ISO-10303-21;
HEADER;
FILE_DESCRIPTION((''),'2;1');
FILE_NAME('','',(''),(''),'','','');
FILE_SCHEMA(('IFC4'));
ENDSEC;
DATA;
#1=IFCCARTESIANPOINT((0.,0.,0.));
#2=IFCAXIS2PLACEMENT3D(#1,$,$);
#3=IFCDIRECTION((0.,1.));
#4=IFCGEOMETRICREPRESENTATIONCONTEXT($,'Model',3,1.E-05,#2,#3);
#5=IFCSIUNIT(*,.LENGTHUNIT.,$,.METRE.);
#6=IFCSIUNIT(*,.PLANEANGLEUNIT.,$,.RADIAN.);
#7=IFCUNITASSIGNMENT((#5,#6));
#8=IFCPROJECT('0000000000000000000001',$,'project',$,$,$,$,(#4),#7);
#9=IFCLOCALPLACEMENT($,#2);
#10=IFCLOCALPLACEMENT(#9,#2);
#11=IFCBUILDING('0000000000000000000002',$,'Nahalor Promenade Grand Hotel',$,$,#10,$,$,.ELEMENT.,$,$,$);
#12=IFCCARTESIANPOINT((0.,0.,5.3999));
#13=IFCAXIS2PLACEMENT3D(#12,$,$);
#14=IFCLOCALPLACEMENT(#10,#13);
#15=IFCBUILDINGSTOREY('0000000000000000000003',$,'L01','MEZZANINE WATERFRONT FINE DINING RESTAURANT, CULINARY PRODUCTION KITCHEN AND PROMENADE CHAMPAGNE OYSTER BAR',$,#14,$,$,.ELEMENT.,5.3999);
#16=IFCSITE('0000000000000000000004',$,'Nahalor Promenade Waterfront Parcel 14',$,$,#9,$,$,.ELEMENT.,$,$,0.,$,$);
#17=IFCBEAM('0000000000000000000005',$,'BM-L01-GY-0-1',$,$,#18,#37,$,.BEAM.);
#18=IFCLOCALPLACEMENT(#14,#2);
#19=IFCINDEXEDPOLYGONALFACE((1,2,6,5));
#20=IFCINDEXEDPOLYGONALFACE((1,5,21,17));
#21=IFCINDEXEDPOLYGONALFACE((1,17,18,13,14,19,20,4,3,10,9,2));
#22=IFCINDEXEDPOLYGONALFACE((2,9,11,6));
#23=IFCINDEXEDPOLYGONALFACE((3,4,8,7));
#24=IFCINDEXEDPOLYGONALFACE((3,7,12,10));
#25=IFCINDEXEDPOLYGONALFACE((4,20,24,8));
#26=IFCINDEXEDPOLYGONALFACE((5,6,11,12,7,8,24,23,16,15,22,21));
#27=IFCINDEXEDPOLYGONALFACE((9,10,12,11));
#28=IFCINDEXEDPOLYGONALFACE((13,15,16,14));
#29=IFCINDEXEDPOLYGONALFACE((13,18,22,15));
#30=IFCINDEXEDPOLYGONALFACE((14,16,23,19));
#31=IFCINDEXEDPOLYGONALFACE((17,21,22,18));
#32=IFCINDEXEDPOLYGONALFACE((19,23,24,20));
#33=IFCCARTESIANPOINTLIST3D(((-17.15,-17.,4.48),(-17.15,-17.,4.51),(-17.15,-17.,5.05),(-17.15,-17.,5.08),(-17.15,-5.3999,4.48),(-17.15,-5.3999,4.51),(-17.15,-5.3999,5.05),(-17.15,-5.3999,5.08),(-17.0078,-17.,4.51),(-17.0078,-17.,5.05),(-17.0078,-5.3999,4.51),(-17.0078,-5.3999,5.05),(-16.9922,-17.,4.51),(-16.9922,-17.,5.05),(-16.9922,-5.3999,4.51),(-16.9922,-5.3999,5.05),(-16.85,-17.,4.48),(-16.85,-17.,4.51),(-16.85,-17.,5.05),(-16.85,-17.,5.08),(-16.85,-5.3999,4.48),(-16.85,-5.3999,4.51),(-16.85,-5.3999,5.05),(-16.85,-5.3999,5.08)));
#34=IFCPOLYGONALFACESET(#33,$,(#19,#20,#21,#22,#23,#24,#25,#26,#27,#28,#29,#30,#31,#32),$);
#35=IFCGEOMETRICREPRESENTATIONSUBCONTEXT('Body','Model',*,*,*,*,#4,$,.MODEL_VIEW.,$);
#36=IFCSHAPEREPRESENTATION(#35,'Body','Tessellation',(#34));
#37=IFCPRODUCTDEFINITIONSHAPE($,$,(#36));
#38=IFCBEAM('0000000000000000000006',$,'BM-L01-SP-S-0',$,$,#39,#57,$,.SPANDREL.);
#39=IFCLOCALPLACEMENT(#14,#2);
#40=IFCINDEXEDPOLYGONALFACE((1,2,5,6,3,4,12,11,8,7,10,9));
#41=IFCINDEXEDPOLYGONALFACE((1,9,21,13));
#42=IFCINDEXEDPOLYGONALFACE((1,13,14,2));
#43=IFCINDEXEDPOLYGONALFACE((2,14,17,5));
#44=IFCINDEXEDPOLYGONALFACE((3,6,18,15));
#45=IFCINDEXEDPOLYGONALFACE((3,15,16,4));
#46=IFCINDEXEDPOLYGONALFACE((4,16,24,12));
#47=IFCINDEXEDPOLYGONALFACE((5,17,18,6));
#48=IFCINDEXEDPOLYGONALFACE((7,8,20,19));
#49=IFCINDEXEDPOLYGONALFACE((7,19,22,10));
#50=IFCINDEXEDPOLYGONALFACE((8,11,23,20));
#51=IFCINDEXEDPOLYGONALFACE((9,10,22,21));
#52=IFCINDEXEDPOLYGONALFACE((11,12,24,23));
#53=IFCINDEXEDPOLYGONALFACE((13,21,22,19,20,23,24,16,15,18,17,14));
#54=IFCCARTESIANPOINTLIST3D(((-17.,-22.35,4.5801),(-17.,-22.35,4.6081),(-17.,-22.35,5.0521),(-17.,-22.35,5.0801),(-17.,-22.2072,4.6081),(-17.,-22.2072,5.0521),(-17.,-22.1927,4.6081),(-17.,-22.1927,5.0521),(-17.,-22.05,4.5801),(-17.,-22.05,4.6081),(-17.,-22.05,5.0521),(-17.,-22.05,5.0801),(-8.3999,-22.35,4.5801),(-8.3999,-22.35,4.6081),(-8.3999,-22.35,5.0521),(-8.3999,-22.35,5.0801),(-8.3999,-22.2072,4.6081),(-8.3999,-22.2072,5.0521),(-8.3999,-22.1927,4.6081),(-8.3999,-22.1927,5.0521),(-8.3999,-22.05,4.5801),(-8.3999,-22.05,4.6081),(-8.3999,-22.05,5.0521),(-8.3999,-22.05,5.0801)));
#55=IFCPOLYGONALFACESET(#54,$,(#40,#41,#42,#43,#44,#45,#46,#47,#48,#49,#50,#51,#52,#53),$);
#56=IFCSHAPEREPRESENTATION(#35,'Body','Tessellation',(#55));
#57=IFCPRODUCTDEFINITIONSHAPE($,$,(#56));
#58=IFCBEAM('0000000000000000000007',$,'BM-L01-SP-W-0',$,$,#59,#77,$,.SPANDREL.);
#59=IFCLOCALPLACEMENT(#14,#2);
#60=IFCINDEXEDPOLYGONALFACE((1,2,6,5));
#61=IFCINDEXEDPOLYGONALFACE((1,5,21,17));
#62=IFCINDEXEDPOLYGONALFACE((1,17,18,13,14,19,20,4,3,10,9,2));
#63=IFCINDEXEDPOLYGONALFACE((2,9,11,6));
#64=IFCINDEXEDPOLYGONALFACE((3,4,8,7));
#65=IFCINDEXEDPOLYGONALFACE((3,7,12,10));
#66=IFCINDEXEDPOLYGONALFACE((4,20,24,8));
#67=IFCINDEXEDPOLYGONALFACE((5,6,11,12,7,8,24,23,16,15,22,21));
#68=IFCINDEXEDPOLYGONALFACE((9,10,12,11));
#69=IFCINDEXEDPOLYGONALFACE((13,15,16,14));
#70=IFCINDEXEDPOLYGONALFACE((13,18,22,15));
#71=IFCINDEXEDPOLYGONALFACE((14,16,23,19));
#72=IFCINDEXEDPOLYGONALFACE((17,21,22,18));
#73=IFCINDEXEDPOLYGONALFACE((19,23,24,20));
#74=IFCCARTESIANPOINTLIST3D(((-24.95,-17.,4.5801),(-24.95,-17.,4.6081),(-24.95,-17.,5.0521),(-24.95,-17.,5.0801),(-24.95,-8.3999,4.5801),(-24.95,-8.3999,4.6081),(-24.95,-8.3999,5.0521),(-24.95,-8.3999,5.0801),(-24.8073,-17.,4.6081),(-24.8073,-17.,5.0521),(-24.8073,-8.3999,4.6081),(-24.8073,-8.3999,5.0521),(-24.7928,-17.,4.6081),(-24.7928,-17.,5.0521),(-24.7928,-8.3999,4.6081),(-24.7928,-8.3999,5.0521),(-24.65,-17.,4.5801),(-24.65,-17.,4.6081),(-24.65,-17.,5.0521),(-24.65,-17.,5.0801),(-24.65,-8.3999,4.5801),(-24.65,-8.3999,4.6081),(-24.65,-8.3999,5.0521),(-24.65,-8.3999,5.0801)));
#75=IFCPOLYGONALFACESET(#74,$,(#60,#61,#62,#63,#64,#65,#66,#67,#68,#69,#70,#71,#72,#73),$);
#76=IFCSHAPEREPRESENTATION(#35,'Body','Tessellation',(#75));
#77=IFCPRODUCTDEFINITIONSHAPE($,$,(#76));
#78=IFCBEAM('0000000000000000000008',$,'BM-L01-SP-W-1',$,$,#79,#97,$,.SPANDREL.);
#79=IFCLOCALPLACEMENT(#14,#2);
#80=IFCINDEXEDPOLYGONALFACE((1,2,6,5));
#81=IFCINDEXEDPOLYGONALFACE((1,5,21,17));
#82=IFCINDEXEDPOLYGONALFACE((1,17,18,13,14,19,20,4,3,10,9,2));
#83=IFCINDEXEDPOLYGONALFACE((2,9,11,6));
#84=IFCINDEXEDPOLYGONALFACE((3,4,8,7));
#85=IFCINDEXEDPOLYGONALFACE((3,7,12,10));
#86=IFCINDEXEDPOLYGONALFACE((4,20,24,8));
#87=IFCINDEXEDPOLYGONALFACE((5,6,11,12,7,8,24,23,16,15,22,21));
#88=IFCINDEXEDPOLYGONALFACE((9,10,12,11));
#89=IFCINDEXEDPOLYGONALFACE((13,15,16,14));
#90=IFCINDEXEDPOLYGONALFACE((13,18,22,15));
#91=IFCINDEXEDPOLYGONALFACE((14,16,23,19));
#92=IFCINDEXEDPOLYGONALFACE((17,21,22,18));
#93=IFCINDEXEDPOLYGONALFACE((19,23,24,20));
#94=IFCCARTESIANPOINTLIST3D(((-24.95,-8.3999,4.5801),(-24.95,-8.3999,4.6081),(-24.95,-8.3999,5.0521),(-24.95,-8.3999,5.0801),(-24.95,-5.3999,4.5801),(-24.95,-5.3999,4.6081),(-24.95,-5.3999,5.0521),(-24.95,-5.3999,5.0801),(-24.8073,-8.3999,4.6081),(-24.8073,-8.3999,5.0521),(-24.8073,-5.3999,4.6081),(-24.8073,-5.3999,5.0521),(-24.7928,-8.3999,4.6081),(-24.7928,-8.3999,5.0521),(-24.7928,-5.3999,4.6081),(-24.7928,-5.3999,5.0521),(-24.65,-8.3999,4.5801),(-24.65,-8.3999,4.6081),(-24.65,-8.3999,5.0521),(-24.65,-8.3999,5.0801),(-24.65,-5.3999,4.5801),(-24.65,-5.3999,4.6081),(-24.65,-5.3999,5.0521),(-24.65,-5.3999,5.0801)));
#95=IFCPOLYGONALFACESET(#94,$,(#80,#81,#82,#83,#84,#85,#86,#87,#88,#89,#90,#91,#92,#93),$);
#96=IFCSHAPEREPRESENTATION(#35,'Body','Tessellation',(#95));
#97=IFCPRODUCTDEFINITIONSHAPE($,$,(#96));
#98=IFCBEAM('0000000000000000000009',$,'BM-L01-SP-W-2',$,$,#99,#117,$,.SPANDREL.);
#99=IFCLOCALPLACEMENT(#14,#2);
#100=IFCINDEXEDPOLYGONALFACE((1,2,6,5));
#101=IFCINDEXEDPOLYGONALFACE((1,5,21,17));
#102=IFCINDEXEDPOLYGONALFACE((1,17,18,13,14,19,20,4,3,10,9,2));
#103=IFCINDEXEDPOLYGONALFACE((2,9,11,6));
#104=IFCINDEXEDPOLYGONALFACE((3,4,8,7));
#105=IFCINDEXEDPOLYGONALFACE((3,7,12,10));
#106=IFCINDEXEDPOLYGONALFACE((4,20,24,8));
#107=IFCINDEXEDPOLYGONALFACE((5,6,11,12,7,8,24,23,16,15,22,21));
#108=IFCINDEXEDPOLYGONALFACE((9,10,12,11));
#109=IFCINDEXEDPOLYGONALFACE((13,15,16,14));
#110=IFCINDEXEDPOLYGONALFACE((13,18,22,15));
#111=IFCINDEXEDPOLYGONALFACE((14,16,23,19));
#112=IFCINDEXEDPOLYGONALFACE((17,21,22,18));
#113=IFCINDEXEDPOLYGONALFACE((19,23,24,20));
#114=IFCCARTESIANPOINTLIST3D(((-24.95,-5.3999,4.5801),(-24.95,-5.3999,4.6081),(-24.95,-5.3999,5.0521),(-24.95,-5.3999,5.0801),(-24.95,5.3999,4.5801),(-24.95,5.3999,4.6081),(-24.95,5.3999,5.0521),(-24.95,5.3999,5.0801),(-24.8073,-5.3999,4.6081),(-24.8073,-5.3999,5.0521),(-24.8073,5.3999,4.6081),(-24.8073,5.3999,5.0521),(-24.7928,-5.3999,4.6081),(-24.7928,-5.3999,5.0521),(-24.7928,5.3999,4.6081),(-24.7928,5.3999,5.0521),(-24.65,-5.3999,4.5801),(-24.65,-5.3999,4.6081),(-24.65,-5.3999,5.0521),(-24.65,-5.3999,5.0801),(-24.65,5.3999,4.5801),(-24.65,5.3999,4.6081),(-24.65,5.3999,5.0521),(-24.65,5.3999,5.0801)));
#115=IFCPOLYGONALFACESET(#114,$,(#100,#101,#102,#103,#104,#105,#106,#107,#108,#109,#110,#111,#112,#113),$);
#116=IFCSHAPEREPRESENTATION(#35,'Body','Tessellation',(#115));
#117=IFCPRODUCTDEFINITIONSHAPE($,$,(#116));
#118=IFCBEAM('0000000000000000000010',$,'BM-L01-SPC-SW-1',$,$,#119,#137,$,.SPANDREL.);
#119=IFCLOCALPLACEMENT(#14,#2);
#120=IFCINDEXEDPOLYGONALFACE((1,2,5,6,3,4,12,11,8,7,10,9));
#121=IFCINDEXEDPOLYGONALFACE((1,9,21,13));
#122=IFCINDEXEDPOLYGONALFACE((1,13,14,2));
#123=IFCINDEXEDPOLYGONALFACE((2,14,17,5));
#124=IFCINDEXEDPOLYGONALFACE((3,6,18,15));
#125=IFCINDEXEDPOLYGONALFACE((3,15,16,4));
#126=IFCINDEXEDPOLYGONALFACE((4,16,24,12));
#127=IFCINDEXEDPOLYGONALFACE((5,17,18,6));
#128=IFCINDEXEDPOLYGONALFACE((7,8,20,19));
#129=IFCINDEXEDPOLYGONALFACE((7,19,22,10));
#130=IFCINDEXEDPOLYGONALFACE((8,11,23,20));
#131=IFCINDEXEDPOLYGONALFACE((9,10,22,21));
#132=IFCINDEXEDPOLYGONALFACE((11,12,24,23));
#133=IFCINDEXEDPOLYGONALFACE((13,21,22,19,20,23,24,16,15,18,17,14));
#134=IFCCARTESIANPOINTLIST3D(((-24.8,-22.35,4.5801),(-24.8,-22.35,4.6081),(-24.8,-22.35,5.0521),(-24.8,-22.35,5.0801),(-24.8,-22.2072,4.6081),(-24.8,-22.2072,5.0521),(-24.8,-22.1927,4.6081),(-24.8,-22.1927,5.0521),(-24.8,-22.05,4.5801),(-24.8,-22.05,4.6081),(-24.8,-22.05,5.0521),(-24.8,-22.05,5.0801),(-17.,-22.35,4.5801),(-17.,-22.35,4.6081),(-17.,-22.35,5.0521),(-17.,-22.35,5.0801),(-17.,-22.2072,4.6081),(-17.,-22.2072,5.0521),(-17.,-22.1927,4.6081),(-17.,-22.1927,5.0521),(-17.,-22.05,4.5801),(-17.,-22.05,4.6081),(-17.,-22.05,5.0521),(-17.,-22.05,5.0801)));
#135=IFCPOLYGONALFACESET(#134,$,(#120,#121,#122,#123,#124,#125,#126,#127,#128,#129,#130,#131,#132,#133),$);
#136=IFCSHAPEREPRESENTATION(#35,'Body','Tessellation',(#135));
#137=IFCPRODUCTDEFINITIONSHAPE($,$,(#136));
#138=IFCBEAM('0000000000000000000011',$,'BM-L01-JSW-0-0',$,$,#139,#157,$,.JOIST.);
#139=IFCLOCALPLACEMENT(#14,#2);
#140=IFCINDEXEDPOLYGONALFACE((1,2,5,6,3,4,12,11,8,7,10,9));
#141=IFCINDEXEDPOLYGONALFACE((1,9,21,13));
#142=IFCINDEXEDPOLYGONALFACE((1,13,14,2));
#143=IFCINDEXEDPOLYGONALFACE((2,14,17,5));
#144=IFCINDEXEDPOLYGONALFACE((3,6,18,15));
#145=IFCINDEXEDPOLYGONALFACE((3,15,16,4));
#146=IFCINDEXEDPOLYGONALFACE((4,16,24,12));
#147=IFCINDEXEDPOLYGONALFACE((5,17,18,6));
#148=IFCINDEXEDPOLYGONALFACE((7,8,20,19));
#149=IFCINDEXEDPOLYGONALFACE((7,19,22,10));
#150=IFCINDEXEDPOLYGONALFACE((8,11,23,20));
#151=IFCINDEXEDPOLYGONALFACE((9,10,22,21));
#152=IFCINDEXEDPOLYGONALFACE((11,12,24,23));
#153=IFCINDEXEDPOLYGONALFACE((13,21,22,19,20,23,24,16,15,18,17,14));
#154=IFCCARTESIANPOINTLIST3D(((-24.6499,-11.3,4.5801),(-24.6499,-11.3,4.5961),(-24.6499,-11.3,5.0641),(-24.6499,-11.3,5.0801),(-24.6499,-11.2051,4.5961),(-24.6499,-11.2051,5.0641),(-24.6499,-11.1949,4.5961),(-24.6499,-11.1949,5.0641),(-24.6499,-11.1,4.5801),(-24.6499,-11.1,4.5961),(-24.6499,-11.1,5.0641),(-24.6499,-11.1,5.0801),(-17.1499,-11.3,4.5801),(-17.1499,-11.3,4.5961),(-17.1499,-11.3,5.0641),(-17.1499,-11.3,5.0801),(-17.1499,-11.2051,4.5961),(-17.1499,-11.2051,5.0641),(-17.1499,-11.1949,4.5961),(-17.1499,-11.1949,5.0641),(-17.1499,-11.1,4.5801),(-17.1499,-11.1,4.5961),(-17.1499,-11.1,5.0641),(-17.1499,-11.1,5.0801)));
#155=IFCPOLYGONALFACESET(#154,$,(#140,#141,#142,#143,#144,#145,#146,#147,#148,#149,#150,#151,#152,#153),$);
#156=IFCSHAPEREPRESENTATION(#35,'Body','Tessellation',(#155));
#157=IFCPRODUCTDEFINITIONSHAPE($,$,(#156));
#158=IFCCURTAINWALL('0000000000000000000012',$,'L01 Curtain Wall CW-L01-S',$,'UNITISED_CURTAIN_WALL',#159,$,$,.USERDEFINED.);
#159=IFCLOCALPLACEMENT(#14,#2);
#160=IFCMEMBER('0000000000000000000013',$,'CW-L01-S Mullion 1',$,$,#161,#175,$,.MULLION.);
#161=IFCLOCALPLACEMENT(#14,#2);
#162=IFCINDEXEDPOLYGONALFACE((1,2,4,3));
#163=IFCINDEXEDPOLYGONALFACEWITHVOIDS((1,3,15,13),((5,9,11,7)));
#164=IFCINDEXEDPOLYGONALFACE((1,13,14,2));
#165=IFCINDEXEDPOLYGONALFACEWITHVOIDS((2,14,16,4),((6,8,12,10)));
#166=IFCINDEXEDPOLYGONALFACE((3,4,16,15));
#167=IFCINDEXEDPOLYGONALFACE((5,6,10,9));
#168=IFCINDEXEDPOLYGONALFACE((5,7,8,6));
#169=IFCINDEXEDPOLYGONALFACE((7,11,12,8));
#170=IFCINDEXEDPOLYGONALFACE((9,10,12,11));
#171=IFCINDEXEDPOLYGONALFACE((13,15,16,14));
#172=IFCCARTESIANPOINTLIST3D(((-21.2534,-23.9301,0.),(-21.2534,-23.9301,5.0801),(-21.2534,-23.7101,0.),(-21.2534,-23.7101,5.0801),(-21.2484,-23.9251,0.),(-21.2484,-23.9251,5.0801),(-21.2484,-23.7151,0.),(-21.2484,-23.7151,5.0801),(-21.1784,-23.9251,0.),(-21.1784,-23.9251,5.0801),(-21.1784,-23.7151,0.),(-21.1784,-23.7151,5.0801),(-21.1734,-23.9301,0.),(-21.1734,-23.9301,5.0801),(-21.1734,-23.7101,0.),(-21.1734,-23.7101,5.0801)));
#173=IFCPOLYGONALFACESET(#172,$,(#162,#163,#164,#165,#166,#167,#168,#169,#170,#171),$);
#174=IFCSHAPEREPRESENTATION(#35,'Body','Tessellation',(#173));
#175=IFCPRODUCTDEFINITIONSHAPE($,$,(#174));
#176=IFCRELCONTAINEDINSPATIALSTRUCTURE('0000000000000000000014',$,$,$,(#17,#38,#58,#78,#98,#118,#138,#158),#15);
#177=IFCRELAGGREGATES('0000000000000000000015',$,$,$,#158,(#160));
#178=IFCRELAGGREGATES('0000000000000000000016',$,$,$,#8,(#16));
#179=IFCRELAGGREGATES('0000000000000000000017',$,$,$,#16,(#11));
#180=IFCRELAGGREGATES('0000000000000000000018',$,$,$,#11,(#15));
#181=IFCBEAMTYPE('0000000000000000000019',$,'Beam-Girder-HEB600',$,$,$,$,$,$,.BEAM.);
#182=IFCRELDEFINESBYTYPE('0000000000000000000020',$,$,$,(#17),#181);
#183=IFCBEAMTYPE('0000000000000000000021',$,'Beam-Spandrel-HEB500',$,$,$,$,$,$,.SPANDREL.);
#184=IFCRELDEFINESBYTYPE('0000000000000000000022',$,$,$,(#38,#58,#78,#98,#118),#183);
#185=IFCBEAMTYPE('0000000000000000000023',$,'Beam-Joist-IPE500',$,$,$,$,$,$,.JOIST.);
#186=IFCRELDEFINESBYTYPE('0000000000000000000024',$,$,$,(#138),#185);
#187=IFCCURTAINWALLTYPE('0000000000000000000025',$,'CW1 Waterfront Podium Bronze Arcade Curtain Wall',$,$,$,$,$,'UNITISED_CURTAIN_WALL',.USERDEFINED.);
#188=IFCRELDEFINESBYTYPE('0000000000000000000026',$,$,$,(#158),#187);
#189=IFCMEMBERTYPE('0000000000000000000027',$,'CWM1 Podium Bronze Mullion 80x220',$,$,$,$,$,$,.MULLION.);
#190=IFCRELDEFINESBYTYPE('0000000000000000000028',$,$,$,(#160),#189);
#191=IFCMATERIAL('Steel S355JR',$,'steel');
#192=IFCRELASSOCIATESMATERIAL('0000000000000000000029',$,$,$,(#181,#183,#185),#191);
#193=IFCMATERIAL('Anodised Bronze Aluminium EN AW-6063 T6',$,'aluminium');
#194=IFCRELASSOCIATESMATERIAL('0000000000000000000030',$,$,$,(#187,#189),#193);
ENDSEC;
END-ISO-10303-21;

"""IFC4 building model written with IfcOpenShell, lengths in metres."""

from ifc_helpers import new_model, si_unit, direction, frame, origin, origin_2d, place, context, subcontext, project, spatial, hollow_rectangle, i_section, extrude, source, transform, mapped, material, material_profile, profile_set, type_object, element, aggregate, save


model = new_model("IFC4")

# Units and contexts
model_context = context("Model", 3, precision=1e-05, world=origin(), true_north=direction((0.0, 1.0)))
body_context = subcontext(model_context, "Body", "Model", "MODEL_VIEW")
ifc_project = project(units=[si_unit("LENGTHUNIT", "METRE"), si_unit("PLANEANGLEUNIT", "RADIAN")], contexts=[model_context])

# Site, building, storey
site_placement = place(None, origin())
site = spatial("IfcSite", under=ifc_project, at=site_placement, Name="Nahalor Promenade Waterfront Parcel 14", CompositionType="ELEMENT", RefElevation=0.0)
building_placement = place(site_placement, origin())
building = spatial("IfcBuilding", under=site, at=building_placement, Name="Nahalor Promenade Grand Hotel", CompositionType="ELEMENT")
storey_placement = place(building_placement, frame((0.0, 0.0, 5.3999)))
storey = spatial("IfcBuildingStorey", under=building, at=storey_placement, Name="L01", Description="MEZZANINE WATERFRONT FINE DINING RESTAURANT, CULINARY PRODUCTION KITCHEN AND PROMENADE CHAMPAGNE OYSTER BAR", CompositionType="ELEMENT", Elevation=5.3999)

# Beams
ifc_material_1 = material(Name="Steel S355JR", Category="steel")
ifc_material_profile_1 = material_profile(ifc_material_1, i_section(OverallWidth=0.3, OverallDepth=0.6, WebThickness=0.0155, FlangeThickness=0.03, at=origin_2d()), Name="HEB 600")
ifc_profile_set_1 = profile_set([ifc_material_profile_1], Name="Steel S355JR")
beam_type_1 = type_object("IfcBeamType", Name="Beam-Girder-HEB600", PredefinedType="BEAM", material=ifc_profile_set_1)
shared_shape_1 = source(origin(), body_context, "Body", "SweptSolid", [
    extrude(i_section(OverallWidth=0.3, OverallDepth=0.6, WebThickness=0.0155, FlangeThickness=0.03, at=origin_2d()), origin(), (0.0, 0.0, 1.0), 11.6001),
])
beam_1_placement = place(storey_placement, frame((-17.0, -17.0, 4.78), z_axis=(0.0, 1.0, 0.0), x_axis=(-1.0, 0.0, 0.0)))
element("IfcBeam", 1, at=beam_1_placement, inside=storey, type_object=beam_type_1, Name="BM-L01-GY-0-1", PredefinedType="BEAM", context=body_context, shape_type="MappedRepresentation", body=[
    mapped(shared_shape_1, transform((0.0, 0.0, 0.0), scale=1.0)),
])
ifc_material_profile_2 = material_profile(ifc_material_1, i_section(OverallWidth=0.3, OverallDepth=0.5, WebThickness=0.0145, FlangeThickness=0.028, at=origin_2d()), Name="HEB 500")
ifc_profile_set_2 = profile_set([ifc_material_profile_2], Name="Steel S355JR")
beam_type_2 = type_object("IfcBeamType", Name="Beam-Spandrel-HEB500", PredefinedType="SPANDREL", material=ifc_profile_set_2)
shared_shape_2 = source(origin(), body_context, "Body", "SweptSolid", [
    extrude(i_section(OverallWidth=0.3, OverallDepth=0.5, WebThickness=0.0145, FlangeThickness=0.028, at=origin_2d()), origin(), (0.0, 0.0, 1.0), 8.6001),
])
for number, where, z_axis, x_axis, name in (
    (2, (-17.0, -22.2, 4.8301), (1.0, 0.0, 0.0), (0.0, 1.0, 0.0), "BM-L01-SP-S-0"),
    (3, (-24.8, -17.0, 4.8301), (0.0, 1.0, 0.0), (-1.0, 0.0, 0.0), "BM-L01-SP-W-0"),
):
    element("IfcBeam", number, at=place(storey_placement, frame(where, z_axis=z_axis, x_axis=x_axis)), inside=storey, type_object=beam_type_2, Name=name, PredefinedType="SPANDREL", context=body_context, shape_type="MappedRepresentation", body=[
        mapped(shared_shape_2, transform((0.0, 0.0, 0.0), scale=1.0)),
    ])
shared_shape_3 = source(origin(), body_context, "Body", "SweptSolid", [
    extrude(i_section(OverallWidth=0.3, OverallDepth=0.5, WebThickness=0.0145, FlangeThickness=0.028, at=origin_2d()), origin(), (0.0, 0.0, 1.0), 3.0),
])
beam_2_placement = place(storey_placement, frame((-24.8, -8.3999, 4.8301), z_axis=(0.0, 1.0, 0.0), x_axis=(-1.0, 0.0, 0.0)))
element("IfcBeam", 4, at=beam_2_placement, inside=storey, type_object=beam_type_2, Name="BM-L01-SP-W-1", PredefinedType="SPANDREL", context=body_context, shape_type="MappedRepresentation", body=[
    mapped(shared_shape_3, transform((0.0, 0.0, 0.0), scale=1.0)),
])
shared_shape_4 = source(origin(), body_context, "Body", "SweptSolid", [
    extrude(i_section(OverallWidth=0.3, OverallDepth=0.5, WebThickness=0.0145, FlangeThickness=0.028, at=origin_2d()), origin(), (0.0, 0.0, 1.0), 10.7998),
])
beam_3_placement = place(storey_placement, frame((-24.8, -5.3999, 4.8301), z_axis=(0.0, 1.0, 0.0), x_axis=(-1.0, 0.0, 0.0)))
element("IfcBeam", 5, at=beam_3_placement, inside=storey, type_object=beam_type_2, Name="BM-L01-SP-W-2", PredefinedType="SPANDREL", context=body_context, shape_type="MappedRepresentation", body=[
    mapped(shared_shape_4, transform((0.0, 0.0, 0.0), scale=1.0)),
])
shared_shape_5 = source(origin(), body_context, "Body", "SweptSolid", [
    extrude(i_section(OverallWidth=0.3, OverallDepth=0.5, WebThickness=0.0145, FlangeThickness=0.028, at=origin_2d()), origin(), (0.0, 0.0, 1.0), 7.8),
])
beam_4_placement = place(storey_placement, frame((-17.0, -22.2, 4.8301), z_axis=(-1.0, 0.0, 0.0), x_axis=(0.0, -1.0, 0.0)))
element("IfcBeam", 6, at=beam_4_placement, inside=storey, type_object=beam_type_2, Name="BM-L01-SPC-SW-1", PredefinedType="SPANDREL", context=body_context, shape_type="MappedRepresentation", body=[
    mapped(shared_shape_5, transform((0.0, 0.0, 0.0), scale=1.0)),
])
ifc_material_profile_3 = material_profile(ifc_material_1, i_section(OverallWidth=0.2, OverallDepth=0.5, WebThickness=0.0102, FlangeThickness=0.016, at=origin_2d()), Name="IPE 500")
ifc_profile_set_3 = profile_set([ifc_material_profile_3], Name="Steel S355JR")
beam_type_3 = type_object("IfcBeamType", Name="Beam-Joist-IPE500", PredefinedType="JOIST", material=ifc_profile_set_3)
shared_shape_6 = source(origin(), body_context, "Body", "SweptSolid", [
    extrude(i_section(OverallWidth=0.2, OverallDepth=0.5, WebThickness=0.0102, FlangeThickness=0.016, at=origin_2d()), origin(), (0.0, 0.0, 1.0), 7.5),
])
beam_5_placement = place(storey_placement, frame((-24.6499, -11.2, 4.8301), z_axis=(1.0, 0.0, 0.0), x_axis=(0.0, 1.0, 0.0)))
element("IfcBeam", 7, at=beam_5_placement, inside=storey, type_object=beam_type_3, Name="BM-L01-JSW-0-0", PredefinedType="JOIST", context=body_context, shape_type="MappedRepresentation", body=[
    mapped(shared_shape_6, transform((0.0, 0.0, 0.0), scale=1.0)),
])

# Curtain wall, member
ifc_material_2 = material(Name="Anodised Bronze Aluminium EN AW-6063 T6", Category="aluminium")
curtain_wall_type = type_object("IfcCurtainWallType", Name="CW1 Waterfront Podium Bronze Arcade Curtain Wall", ElementType="UNITISED_CURTAIN_WALL", PredefinedType="USERDEFINED", material=ifc_material_2)
curtain_wall_placement = place(storey_placement, origin())
curtain_wall = element("IfcCurtainWall", 8, at=curtain_wall_placement, inside=storey, type_object=curtain_wall_type, Name="L01 Curtain Wall CW-L01-S", ObjectType="UNITISED_CURTAIN_WALL", PredefinedType="USERDEFINED")
ifc_material_profile_4 = material_profile(ifc_material_2, hollow_rectangle(XDim=0.08, YDim=0.22, WallThickness=0.005, at=origin_2d()), Name="CWM 80x220x5")
ifc_profile_set_4 = profile_set([ifc_material_profile_4], Name="Anodised Bronze Aluminium EN AW-6063 T6")
member_type_1 = type_object("IfcMemberType", Name="CWM1 Podium Bronze Mullion 80x220", PredefinedType="MULLION", material=ifc_profile_set_4)
shared_shape_7 = source(origin(), body_context, "Body", "SweptSolid", [
    extrude(hollow_rectangle(XDim=0.08, YDim=0.22, WallThickness=0.005, at=origin_2d()), origin(), (0.0, 0.0, 1.0), 5.0801),
])
member_1_placement = place(storey_placement, frame((-21.2134, -23.8201, 0.0), z_axis=(0.0, 0.0, 1.0), x_axis=(1.0, 0.0, 0.0)))
member_1 = element("IfcMember", 9, at=member_1_placement, type_object=member_type_1, Name="CW-L01-S Mullion 1", PredefinedType="MULLION", context=body_context, shape_type="MappedRepresentation", body=[
    mapped(shared_shape_7, transform((0.0, 0.0, 0.0), scale=1.0)),
])
aggregate(curtain_wall, [member_1])

save(model, "model.ifc")
